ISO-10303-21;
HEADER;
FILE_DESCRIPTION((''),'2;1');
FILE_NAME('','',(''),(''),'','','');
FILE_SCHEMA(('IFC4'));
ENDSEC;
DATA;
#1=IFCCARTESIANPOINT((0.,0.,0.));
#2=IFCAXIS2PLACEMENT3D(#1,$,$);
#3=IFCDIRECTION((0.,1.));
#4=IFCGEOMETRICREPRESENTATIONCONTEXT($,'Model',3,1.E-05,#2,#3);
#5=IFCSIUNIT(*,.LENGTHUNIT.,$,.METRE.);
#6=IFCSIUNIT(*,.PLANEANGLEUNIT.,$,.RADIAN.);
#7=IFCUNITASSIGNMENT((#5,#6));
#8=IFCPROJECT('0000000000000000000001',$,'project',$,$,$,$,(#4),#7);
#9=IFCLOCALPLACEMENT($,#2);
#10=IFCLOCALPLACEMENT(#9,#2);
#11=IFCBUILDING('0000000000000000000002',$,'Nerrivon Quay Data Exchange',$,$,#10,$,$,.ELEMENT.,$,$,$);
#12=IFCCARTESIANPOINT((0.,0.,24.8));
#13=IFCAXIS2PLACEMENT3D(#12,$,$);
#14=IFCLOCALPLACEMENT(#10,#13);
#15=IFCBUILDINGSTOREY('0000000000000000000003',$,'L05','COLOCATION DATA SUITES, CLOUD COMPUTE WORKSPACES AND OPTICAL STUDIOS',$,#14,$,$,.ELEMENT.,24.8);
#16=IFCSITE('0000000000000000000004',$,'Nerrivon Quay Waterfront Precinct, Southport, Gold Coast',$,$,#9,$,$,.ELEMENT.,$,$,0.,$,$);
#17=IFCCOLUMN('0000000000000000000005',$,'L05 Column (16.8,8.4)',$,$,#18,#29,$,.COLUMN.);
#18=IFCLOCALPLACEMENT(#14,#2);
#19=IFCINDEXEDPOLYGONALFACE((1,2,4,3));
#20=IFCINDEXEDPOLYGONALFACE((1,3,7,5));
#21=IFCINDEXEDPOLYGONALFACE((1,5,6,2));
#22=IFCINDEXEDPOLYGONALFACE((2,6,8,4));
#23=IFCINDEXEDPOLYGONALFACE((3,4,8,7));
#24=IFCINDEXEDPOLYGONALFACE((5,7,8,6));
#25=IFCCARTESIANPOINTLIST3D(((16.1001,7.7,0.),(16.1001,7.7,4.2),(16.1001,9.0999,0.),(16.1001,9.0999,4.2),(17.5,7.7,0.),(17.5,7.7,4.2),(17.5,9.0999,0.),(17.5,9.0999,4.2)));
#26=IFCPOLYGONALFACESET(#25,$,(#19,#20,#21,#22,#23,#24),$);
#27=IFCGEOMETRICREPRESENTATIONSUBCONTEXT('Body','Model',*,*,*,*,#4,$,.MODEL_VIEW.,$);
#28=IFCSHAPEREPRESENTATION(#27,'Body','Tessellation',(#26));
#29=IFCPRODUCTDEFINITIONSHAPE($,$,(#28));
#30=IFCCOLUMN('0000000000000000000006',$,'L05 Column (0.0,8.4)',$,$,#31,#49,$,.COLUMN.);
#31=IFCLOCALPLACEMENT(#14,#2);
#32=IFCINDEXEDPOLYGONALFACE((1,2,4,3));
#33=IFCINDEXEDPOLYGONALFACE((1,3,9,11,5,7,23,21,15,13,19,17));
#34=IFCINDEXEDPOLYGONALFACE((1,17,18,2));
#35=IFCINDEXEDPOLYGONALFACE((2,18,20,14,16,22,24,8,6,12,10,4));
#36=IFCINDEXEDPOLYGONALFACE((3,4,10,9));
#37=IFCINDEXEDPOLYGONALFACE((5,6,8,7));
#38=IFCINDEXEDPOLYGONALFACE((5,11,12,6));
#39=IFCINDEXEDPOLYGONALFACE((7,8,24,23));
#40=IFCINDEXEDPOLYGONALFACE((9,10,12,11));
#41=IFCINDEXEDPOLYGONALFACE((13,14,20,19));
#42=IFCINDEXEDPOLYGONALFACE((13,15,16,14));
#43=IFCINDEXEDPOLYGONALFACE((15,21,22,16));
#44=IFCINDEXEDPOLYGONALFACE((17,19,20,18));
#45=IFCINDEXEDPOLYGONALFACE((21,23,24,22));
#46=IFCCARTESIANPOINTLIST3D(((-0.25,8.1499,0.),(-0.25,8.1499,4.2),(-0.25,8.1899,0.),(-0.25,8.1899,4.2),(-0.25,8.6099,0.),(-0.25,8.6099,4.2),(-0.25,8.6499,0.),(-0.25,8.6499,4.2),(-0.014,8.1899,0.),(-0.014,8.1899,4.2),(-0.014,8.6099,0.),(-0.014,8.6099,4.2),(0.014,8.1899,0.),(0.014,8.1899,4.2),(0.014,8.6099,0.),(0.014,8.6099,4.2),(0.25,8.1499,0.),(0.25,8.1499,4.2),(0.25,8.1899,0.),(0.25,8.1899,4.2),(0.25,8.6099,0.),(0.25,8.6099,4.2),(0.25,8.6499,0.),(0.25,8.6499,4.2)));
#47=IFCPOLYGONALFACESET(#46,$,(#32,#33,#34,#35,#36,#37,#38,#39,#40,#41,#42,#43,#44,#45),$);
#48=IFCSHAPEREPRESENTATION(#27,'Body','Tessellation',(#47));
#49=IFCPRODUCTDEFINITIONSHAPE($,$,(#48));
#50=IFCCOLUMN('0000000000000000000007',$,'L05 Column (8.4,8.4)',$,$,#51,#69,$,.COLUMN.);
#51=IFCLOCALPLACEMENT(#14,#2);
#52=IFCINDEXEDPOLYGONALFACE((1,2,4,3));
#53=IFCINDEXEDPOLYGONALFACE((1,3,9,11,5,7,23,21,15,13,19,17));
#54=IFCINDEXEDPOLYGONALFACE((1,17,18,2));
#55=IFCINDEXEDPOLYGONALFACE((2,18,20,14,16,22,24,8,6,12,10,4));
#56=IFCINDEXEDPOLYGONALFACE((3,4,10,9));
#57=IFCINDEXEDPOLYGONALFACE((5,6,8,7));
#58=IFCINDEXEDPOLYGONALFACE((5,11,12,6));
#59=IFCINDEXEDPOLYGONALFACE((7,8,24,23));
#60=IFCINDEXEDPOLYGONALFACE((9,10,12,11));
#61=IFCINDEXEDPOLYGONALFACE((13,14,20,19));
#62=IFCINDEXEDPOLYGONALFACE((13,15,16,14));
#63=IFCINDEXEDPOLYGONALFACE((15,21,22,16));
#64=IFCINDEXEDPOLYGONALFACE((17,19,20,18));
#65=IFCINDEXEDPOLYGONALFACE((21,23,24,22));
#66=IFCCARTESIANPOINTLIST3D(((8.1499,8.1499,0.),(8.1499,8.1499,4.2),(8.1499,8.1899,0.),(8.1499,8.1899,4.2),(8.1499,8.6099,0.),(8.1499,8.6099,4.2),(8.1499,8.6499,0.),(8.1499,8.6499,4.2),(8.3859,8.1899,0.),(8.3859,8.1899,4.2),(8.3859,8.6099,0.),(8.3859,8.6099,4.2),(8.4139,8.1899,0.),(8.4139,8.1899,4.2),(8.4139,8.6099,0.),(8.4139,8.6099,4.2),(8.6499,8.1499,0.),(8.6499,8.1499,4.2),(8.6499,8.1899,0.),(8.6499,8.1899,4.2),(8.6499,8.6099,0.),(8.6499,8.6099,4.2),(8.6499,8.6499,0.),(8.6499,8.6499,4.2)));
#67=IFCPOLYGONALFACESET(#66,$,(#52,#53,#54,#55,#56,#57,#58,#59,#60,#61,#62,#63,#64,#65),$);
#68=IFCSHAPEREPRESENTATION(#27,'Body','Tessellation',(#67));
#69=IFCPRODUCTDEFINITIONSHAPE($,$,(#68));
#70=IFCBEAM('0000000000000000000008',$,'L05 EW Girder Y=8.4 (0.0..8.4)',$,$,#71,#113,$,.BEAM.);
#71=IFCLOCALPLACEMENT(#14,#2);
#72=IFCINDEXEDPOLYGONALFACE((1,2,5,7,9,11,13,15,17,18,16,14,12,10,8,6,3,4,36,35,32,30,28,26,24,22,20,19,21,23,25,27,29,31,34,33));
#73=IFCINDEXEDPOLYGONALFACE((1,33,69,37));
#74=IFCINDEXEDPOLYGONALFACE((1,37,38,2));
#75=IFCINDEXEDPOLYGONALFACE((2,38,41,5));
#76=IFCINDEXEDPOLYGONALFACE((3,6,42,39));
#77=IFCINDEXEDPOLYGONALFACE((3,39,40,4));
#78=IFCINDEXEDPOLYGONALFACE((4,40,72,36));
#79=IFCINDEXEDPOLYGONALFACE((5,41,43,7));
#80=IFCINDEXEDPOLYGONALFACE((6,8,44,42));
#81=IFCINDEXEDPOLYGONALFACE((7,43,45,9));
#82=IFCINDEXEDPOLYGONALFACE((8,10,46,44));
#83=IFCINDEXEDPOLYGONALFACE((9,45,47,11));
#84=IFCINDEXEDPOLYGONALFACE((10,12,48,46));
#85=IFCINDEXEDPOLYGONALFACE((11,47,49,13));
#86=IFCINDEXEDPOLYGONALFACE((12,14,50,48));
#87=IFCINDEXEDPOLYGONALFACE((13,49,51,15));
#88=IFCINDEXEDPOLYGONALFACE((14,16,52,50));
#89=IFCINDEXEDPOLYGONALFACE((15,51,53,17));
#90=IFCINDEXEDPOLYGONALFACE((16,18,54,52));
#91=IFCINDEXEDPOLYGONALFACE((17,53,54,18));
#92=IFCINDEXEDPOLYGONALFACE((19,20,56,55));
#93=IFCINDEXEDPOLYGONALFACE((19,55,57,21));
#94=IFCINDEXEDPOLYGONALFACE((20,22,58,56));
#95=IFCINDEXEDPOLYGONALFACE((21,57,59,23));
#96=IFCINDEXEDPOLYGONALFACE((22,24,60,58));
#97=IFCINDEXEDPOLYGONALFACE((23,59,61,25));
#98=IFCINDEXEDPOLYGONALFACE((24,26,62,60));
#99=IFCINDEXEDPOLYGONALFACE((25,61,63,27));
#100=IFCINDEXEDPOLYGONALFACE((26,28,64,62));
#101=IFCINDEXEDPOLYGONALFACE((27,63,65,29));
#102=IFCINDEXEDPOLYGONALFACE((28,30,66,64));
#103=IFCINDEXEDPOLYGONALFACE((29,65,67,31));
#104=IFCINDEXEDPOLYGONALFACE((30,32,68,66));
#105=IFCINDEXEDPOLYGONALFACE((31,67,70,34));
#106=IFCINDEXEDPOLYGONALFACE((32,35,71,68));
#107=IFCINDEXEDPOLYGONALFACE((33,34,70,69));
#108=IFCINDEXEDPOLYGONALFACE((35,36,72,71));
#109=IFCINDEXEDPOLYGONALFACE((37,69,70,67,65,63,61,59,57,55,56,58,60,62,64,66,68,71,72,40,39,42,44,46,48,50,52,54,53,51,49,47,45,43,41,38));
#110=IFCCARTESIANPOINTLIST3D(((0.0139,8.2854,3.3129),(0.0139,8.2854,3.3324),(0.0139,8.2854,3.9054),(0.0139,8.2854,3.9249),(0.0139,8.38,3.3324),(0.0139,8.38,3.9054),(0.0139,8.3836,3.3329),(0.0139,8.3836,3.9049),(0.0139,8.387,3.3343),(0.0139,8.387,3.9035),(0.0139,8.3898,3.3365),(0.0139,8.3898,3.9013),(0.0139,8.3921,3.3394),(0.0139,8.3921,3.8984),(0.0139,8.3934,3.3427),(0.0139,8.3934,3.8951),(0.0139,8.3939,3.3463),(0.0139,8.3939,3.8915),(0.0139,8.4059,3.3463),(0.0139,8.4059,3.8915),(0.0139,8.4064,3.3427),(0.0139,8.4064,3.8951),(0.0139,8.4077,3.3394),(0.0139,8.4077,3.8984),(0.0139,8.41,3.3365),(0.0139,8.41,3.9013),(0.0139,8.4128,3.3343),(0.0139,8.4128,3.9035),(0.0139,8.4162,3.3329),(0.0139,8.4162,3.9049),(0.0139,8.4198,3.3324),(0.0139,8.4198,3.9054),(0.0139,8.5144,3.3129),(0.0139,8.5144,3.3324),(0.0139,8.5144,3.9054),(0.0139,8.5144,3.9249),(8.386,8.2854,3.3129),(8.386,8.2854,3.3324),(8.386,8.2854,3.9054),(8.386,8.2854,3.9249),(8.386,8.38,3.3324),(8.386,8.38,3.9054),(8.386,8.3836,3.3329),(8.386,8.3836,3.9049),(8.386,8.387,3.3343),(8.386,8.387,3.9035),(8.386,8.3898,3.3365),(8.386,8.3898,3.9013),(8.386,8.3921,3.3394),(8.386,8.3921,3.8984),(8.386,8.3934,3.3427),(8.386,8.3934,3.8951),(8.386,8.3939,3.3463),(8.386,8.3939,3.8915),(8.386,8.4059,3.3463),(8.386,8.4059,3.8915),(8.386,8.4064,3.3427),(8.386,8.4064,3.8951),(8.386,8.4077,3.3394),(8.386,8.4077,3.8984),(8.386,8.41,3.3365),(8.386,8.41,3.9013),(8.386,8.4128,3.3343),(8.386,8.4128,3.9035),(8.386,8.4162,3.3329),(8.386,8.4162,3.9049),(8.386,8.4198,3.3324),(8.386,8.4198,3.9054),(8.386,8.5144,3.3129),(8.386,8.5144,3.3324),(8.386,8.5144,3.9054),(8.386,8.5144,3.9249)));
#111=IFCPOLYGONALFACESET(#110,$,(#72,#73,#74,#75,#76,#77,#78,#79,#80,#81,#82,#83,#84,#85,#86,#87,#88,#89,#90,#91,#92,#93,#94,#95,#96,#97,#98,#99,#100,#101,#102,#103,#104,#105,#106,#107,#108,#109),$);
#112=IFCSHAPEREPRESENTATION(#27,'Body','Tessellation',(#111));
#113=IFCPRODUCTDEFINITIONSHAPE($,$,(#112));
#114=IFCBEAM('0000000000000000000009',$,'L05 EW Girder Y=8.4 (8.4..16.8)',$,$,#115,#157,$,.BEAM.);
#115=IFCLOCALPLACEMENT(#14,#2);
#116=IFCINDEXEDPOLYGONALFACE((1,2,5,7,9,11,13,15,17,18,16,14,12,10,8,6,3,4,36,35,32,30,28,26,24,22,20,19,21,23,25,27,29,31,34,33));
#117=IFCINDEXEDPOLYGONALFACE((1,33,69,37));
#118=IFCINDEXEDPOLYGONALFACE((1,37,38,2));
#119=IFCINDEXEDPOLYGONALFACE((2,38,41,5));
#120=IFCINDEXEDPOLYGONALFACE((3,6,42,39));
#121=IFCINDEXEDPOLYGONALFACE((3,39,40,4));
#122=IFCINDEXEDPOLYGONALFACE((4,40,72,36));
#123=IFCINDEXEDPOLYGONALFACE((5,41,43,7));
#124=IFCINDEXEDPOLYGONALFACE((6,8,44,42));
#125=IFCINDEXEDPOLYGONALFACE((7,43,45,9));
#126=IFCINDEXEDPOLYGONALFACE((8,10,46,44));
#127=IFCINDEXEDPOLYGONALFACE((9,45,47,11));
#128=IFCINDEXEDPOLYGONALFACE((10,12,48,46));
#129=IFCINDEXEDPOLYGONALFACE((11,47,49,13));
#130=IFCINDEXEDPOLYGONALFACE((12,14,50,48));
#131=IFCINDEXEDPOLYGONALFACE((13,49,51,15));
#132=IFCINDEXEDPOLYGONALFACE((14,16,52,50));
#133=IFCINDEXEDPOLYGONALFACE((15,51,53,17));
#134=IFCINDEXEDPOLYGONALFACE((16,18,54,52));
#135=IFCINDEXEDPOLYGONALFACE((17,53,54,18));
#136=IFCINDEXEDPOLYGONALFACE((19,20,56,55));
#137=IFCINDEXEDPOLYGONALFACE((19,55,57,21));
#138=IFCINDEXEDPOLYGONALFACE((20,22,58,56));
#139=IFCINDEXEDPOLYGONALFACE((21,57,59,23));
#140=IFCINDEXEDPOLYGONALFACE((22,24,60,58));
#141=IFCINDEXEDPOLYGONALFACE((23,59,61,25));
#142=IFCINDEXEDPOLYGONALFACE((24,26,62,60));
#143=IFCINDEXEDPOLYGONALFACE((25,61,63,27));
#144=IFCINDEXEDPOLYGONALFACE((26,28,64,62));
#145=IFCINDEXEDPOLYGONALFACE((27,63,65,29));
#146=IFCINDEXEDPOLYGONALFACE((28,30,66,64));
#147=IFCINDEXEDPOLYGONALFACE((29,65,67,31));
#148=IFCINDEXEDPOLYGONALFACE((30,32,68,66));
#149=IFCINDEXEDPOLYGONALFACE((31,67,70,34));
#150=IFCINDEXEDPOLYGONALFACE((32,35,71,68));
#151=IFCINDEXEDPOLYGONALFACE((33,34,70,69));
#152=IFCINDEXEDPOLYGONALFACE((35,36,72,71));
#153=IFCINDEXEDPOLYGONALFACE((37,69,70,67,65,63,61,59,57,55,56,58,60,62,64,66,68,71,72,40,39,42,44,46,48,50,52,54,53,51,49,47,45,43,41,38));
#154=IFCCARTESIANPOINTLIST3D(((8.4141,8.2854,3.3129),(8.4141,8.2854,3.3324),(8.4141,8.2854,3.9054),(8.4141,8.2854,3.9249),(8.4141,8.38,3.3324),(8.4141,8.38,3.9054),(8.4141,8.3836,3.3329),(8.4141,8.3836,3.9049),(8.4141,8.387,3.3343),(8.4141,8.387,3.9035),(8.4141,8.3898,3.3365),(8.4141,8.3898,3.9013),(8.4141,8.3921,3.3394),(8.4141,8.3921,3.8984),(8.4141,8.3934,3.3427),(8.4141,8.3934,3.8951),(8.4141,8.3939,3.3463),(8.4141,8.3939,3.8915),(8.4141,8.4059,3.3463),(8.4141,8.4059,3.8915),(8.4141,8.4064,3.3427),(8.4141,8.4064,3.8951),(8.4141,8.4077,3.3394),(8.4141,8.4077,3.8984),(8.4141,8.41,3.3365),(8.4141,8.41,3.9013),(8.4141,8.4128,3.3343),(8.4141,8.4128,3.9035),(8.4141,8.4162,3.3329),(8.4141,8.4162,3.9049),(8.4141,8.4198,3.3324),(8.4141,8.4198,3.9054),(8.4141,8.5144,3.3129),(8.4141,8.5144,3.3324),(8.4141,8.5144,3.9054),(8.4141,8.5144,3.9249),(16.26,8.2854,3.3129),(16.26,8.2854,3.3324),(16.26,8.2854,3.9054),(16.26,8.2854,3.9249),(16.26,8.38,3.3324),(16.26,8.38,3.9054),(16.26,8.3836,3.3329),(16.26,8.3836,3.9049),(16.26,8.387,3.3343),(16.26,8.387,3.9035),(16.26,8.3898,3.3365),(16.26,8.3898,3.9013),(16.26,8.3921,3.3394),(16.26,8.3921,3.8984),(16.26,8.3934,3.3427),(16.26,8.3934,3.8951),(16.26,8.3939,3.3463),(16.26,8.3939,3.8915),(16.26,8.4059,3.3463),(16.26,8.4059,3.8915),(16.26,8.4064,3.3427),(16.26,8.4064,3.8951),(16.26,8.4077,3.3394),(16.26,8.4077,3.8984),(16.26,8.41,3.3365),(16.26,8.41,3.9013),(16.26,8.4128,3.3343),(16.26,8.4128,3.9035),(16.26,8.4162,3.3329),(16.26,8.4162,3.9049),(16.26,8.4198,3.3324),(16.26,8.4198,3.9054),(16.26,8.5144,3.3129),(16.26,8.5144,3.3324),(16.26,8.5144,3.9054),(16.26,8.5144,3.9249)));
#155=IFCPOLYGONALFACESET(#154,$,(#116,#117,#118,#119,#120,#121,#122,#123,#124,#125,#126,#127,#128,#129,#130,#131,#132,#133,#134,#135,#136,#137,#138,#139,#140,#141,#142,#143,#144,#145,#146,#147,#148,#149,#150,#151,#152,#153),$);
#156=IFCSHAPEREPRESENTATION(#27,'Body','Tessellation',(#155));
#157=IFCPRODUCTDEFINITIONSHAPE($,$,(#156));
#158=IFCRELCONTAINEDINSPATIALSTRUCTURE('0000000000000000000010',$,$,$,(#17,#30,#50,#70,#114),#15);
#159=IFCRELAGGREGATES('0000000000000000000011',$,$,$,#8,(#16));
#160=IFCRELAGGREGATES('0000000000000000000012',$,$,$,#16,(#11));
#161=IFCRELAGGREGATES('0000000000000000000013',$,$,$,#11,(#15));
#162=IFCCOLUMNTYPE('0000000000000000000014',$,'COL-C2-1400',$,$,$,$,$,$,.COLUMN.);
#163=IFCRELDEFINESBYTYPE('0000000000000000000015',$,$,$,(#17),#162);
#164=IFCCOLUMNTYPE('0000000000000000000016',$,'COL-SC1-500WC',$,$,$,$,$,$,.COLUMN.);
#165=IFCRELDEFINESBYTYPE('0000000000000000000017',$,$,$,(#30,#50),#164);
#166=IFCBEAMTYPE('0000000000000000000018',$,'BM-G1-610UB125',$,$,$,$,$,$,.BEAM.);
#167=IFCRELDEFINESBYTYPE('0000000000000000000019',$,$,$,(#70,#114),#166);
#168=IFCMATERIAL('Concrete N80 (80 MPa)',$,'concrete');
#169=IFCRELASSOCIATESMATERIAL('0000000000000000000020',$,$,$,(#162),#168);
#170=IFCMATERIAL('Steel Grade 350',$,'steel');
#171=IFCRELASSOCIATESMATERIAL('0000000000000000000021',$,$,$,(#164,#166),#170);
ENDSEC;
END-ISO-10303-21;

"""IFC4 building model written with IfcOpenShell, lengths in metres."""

from ifc_helpers import new_model, si_unit, direction, frame, origin, origin_2d, place, context, subcontext, project, spatial, rectangle, i_section, extrude, material, material_profile, profile_set, type_object, element, save


model = new_model("IFC4")

# Units and contexts
model_context = context("Model", 3, precision=1e-05, world=origin(), true_north=direction((0.0, 1.0)))
body_context = subcontext(model_context, "Body", "Model", "MODEL_VIEW")
ifc_project = project(units=[si_unit("LENGTHUNIT", "METRE"), si_unit("PLANEANGLEUNIT", "RADIAN")], contexts=[model_context])

# Site, building, storey
site_placement = place(None, origin())
site = spatial("IfcSite", under=ifc_project, at=site_placement, Name="Nerrivon Quay Waterfront Precinct, Southport, Gold Coast", CompositionType="ELEMENT", RefElevation=0.0)
building_placement = place(site_placement, origin())
building = spatial("IfcBuilding", under=site, at=building_placement, Name="Nerrivon Quay Data Exchange", CompositionType="ELEMENT")
storey_placement = place(building_placement, frame((0.0, 0.0, 24.8)))
storey = spatial("IfcBuildingStorey", under=building, at=storey_placement, Name="L05", Description="COLOCATION DATA SUITES, CLOUD COMPUTE WORKSPACES AND OPTICAL STUDIOS", CompositionType="ELEMENT", Elevation=24.8)

# Columns
ifc_material_1 = material(Name="Concrete N80 (80 MPa)", Category="concrete")
ifc_material_profile_1 = material_profile(ifc_material_1, rectangle(XDim=1.3999, YDim=1.3999, at=origin_2d()), Name="RC-COL-1400x1400")
ifc_profile_set_1 = profile_set([ifc_material_profile_1], Name="Concrete N80 (80 MPa)")
column_type_1 = type_object("IfcColumnType", Name="COL-C2-1400", PredefinedType="COLUMN", material=ifc_profile_set_1)
column_placement = place(storey_placement, frame((16.8, 8.3999, 0.0), z_axis=(0.0, 0.0, 1.0), x_axis=(1.0, 0.0, 0.0)))
element("IfcColumn", 1, at=column_placement, inside=storey, type_object=column_type_1, Name="L05 Column (16.8,8.4)", PredefinedType="COLUMN", context=body_context, shape_type="SweptSolid", body=[
    extrude(rectangle(XDim=1.3999, YDim=1.3999, at=origin_2d()), origin(), (0.0, 0.0, 1.0), 4.2),
])
ifc_material_2 = material(Name="Steel Grade 350", Category="steel")
ifc_material_profile_2 = material_profile(ifc_material_2, i_section(OverallWidth=0.5, OverallDepth=0.5, WebThickness=0.0281, FlangeThickness=0.04, at=origin_2d()), Name="500WC440")
ifc_profile_set_2 = profile_set([ifc_material_profile_2], Name="Steel Grade 350")
column_type_2 = type_object("IfcColumnType", Name="COL-SC1-500WC", PredefinedType="COLUMN", material=ifc_profile_set_2)
for number, where, z_axis, x_axis, name in (
    (2, (0.0, 8.3999, 0.0), (0.0, 0.0, 1.0), (1.0, 0.0, 0.0), "L05 Column (0.0,8.4)"),
    (3, (8.3999, 8.3999, 0.0), (0.0, 0.0, 1.0), (1.0, 0.0, 0.0), "L05 Column (8.4,8.4)"),
):
    element("IfcColumn", number, at=place(storey_placement, frame(where, z_axis=z_axis, x_axis=x_axis)), inside=storey, type_object=column_type_2, Name=name, PredefinedType="COLUMN", context=body_context, shape_type="SweptSolid", body=[
        extrude(i_section(OverallWidth=0.5, OverallDepth=0.5, WebThickness=0.0281, FlangeThickness=0.04, at=origin_2d()), origin(), (0.0, 0.0, 1.0), 4.2),
    ])

# Beams
ifc_material_profile_3 = material_profile(ifc_material_2, i_section(OverallWidth=0.229, OverallDepth=0.6121, WebThickness=0.012, FlangeThickness=0.0195, FilletRadius=0.0139, at=origin_2d()), Name="610UB125")
ifc_profile_set_3 = profile_set([ifc_material_profile_3], Name="Steel Grade 350")
beam_type_1 = type_object("IfcBeamType", Name="BM-G1-610UB125", PredefinedType="BEAM", material=ifc_profile_set_3)
beam_1_placement = place(storey_placement, frame((0.0139, 8.3999, 3.6189), z_axis=(1.0, 0.0, 0.0), x_axis=(0.0, 1.0, 0.0)))
element("IfcBeam", 4, at=beam_1_placement, inside=storey, type_object=beam_type_1, Name="L05 EW Girder Y=8.4 (0.0..8.4)", PredefinedType="BEAM", context=body_context, shape_type="SweptSolid", body=[
    extrude(i_section(OverallWidth=0.229, OverallDepth=0.6121, WebThickness=0.012, FlangeThickness=0.0195, FilletRadius=0.0139, at=origin_2d()), origin(), (0.0, 0.0, 1.0), 8.3721),
])
beam_2_placement = place(storey_placement, frame((8.4141, 8.3999, 3.6189), z_axis=(1.0, 0.0, 0.0), x_axis=(0.0, 1.0, 0.0)))
element("IfcBeam", 5, at=beam_2_placement, inside=storey, type_object=beam_type_1, Name="L05 EW Girder Y=8.4 (8.4..16.8)", PredefinedType="BEAM", context=body_context, shape_type="SweptSolid", body=[
    extrude(i_section(OverallWidth=0.229, OverallDepth=0.6121, WebThickness=0.012, FlangeThickness=0.0195, FilletRadius=0.0139, at=origin_2d()), origin(), (0.0, 0.0, 1.0), 7.8459),
])

save(model, "model.ifc")
